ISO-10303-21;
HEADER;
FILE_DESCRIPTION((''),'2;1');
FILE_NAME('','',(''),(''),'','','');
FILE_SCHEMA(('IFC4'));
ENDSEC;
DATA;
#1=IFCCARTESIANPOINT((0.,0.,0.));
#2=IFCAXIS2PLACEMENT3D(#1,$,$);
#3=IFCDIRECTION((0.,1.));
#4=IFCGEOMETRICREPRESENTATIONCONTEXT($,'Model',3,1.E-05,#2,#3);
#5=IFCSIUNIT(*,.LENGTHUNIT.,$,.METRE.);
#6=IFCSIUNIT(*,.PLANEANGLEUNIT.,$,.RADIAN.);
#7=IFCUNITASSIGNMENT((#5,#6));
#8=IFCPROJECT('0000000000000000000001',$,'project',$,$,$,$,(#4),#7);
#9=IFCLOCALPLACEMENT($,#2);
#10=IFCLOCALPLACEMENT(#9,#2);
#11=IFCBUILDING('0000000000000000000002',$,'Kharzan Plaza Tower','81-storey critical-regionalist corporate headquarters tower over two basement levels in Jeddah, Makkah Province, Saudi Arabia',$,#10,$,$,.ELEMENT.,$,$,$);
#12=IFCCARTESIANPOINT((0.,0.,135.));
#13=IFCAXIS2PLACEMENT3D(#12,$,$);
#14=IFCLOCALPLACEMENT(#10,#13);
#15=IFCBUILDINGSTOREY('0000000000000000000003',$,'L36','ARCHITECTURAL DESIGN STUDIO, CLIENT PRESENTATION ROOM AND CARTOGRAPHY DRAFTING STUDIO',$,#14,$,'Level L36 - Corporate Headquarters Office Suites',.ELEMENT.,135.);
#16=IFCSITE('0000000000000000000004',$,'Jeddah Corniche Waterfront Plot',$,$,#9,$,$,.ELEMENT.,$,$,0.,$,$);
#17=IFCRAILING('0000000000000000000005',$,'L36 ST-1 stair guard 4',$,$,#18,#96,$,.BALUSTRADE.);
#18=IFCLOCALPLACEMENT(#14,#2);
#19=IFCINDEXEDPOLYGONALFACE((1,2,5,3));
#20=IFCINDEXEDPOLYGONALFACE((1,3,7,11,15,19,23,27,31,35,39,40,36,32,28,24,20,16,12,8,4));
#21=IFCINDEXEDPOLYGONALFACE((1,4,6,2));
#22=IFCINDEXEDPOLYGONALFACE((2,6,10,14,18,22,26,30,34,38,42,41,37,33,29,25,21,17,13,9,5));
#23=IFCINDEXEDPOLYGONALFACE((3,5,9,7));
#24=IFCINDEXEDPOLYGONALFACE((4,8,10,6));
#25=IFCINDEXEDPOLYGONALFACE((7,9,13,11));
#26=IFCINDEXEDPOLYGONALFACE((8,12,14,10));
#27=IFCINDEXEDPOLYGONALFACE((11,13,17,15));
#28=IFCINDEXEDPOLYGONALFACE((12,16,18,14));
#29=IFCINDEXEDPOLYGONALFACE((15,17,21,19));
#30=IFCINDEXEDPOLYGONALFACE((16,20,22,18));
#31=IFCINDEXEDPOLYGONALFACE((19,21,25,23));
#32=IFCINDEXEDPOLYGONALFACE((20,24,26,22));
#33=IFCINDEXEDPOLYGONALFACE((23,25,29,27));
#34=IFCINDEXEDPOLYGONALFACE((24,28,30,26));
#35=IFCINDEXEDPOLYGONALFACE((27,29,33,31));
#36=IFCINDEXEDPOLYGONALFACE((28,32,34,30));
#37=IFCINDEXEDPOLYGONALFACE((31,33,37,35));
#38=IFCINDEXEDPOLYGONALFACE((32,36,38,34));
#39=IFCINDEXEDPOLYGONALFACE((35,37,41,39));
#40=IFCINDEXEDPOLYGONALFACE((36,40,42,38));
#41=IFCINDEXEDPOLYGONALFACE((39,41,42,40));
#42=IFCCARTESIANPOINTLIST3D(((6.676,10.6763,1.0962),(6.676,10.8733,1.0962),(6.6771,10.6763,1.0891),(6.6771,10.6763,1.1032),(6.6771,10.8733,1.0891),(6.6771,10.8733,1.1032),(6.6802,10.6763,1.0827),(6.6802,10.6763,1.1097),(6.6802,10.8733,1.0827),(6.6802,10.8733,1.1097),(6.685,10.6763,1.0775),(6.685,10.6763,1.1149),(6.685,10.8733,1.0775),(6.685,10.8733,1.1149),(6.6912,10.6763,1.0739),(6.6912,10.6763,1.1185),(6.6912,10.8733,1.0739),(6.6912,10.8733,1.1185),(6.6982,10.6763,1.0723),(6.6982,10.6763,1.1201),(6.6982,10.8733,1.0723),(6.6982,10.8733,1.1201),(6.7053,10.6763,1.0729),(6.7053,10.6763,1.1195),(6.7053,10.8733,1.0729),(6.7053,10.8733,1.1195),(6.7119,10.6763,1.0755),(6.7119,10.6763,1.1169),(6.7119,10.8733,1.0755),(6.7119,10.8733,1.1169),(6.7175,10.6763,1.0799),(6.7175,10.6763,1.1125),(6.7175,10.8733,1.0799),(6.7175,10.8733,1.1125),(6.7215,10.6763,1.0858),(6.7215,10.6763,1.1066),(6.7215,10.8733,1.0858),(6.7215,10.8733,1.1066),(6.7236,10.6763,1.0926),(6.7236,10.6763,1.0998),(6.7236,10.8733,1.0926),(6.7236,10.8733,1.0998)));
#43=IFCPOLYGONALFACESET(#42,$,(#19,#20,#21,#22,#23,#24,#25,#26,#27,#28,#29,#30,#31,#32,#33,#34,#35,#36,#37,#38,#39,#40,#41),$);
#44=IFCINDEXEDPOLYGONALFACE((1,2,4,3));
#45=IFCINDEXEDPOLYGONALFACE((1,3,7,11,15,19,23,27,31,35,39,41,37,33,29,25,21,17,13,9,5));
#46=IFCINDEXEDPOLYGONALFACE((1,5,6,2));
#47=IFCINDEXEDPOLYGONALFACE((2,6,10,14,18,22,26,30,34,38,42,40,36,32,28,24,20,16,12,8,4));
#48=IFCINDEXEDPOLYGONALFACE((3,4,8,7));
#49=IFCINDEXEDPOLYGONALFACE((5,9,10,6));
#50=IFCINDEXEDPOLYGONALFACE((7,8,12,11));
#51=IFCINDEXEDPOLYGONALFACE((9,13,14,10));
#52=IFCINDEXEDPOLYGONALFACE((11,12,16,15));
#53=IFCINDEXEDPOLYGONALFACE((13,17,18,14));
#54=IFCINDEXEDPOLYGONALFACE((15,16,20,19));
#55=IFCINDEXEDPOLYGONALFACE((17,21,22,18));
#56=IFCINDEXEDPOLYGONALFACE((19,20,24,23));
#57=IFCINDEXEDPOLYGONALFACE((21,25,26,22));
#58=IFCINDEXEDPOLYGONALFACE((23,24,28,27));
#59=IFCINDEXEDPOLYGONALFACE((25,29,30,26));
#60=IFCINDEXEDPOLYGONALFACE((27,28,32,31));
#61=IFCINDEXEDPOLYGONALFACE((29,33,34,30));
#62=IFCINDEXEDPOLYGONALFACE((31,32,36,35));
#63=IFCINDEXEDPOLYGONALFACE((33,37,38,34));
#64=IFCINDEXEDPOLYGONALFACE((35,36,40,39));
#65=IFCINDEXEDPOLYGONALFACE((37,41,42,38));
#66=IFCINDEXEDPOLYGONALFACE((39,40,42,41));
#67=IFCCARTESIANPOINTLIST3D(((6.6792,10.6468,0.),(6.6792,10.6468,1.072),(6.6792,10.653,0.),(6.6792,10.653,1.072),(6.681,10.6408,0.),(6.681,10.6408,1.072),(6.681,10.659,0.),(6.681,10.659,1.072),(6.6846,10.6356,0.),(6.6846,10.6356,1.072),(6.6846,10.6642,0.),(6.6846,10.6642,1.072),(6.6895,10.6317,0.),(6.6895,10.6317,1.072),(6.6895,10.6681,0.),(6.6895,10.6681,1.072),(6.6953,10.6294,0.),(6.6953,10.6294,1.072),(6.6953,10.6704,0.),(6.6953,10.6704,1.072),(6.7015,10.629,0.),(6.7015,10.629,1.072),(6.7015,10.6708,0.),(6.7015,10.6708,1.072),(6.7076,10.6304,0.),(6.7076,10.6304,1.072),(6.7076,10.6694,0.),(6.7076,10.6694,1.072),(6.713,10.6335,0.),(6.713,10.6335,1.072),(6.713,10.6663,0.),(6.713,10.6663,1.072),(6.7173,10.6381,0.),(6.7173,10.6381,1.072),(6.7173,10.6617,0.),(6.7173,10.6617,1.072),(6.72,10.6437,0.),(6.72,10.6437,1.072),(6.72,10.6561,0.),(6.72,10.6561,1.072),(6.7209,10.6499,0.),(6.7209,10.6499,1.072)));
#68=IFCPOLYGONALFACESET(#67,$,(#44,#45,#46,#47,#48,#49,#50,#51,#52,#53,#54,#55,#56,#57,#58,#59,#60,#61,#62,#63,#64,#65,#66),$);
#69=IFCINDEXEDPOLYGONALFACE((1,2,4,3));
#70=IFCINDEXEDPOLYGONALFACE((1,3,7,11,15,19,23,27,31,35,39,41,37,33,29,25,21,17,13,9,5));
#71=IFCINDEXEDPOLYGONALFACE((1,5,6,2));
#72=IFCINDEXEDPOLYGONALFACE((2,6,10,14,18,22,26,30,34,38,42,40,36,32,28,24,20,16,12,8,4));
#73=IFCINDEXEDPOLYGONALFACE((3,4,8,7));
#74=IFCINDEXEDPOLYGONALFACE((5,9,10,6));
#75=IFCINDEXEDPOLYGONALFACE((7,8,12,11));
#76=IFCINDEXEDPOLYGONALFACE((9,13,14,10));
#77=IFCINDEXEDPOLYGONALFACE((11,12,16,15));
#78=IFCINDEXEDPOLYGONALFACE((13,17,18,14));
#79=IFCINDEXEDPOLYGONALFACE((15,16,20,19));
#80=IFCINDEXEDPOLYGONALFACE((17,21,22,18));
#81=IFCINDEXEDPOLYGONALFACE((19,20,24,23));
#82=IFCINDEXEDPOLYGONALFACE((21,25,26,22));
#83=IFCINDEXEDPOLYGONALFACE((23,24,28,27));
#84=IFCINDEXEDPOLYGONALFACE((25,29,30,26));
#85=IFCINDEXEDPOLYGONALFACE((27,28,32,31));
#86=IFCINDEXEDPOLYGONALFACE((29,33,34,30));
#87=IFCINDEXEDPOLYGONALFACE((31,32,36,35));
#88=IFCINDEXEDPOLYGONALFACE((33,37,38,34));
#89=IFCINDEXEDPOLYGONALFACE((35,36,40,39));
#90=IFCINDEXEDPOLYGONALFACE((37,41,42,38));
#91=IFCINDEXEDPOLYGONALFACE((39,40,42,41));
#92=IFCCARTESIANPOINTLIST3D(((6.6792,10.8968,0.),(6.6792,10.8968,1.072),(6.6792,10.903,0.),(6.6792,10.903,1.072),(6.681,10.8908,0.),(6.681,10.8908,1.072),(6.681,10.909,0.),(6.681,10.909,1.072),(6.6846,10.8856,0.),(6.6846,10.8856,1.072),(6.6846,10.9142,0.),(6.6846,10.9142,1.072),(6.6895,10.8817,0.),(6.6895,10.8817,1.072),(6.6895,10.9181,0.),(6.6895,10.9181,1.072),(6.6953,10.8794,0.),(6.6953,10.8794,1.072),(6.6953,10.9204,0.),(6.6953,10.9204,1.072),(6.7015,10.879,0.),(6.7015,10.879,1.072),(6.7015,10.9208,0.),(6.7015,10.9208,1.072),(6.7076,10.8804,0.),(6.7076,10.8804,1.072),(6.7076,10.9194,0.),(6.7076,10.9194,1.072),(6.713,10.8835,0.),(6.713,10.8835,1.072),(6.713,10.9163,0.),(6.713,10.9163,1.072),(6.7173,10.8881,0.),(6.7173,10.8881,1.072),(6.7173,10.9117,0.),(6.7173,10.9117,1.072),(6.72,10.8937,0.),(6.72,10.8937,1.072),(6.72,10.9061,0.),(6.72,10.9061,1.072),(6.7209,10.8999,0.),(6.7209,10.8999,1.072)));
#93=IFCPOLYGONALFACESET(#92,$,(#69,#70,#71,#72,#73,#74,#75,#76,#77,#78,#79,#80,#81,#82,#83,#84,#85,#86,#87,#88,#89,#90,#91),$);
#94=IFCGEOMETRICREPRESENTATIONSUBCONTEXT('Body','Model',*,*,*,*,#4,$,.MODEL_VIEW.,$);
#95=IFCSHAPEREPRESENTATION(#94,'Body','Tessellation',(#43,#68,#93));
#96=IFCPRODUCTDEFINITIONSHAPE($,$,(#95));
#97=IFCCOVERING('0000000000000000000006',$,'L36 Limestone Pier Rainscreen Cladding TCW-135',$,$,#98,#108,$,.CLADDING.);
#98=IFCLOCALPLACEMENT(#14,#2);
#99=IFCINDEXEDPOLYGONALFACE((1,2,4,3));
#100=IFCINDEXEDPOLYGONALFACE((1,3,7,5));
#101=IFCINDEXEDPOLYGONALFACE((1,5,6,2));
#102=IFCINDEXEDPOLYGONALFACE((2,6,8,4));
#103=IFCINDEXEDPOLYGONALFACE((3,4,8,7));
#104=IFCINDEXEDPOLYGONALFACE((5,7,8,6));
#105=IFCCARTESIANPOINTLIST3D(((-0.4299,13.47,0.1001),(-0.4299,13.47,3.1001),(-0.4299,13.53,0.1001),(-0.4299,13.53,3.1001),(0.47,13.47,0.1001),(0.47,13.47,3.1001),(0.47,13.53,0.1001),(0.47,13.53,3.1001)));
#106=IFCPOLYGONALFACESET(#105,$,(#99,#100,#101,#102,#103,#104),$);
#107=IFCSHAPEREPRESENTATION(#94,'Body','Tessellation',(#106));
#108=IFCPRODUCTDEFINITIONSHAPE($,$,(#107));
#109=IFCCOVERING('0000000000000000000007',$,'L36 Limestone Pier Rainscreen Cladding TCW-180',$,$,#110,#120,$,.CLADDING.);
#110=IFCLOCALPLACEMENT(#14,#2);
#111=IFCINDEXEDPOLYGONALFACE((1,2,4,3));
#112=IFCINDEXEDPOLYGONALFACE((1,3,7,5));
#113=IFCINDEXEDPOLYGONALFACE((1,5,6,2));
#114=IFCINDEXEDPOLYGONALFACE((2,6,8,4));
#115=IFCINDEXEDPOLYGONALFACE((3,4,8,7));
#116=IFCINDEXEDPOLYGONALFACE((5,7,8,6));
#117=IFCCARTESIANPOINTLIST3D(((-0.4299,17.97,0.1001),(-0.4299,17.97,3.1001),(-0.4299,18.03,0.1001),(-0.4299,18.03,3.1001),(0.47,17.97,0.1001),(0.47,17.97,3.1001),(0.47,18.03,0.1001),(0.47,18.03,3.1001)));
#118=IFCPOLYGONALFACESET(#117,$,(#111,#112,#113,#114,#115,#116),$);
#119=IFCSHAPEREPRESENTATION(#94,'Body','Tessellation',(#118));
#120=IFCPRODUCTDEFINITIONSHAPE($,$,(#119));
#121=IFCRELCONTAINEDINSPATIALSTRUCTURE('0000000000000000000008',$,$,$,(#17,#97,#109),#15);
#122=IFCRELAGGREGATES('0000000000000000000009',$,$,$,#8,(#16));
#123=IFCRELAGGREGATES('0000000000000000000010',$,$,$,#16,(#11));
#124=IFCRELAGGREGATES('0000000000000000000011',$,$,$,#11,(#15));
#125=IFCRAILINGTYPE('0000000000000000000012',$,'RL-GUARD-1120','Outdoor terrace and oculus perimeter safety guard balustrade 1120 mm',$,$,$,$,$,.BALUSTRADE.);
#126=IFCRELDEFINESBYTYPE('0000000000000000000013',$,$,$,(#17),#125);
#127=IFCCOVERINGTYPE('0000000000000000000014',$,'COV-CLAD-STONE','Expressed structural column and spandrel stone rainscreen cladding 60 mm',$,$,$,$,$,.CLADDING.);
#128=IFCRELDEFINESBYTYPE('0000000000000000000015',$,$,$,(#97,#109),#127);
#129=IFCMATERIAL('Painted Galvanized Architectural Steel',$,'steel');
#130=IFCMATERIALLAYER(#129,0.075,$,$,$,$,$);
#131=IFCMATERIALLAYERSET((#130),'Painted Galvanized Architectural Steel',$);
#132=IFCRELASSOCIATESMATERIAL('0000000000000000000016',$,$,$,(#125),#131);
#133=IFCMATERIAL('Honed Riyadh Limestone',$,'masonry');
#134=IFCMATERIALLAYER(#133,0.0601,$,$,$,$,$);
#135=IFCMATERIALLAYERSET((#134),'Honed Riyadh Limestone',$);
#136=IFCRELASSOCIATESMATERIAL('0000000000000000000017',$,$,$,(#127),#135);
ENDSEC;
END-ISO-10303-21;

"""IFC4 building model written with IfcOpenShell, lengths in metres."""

from ifc_helpers import new_model, si_unit, direction, frame, origin, origin_2d, place, context, subcontext, project, spatial, rectangle, circle, extrude, source, transform, mapped, material, layer, layer_set, type_object, element, save


model = new_model("IFC4")

# Units and contexts
model_context = context("Model", 3, precision=1e-05, world=origin(), true_north=direction((0.0, 1.0)))
body_context = subcontext(model_context, "Body", "Model", "MODEL_VIEW")
ifc_project = project(units=[si_unit("LENGTHUNIT", "METRE"), si_unit("PLANEANGLEUNIT", "RADIAN")], contexts=[model_context])

# Site, building, storey
site_placement = place(None, origin())
site = spatial("IfcSite", under=ifc_project, at=site_placement, Name="Jeddah Corniche Waterfront Plot", CompositionType="ELEMENT", RefElevation=0.0)
building_placement = place(site_placement, origin())
building = spatial("IfcBuilding", under=site, at=building_placement, Name="Kharzan Plaza Tower", Description="81-storey critical-regionalist corporate headquarters tower over two basement levels in Jeddah, Makkah Province, Saudi Arabia", CompositionType="ELEMENT")
storey_placement = place(building_placement, frame((0.0, 0.0, 135.0)))
storey = spatial("IfcBuildingStorey", under=building, at=storey_placement, Name="L36", Description="ARCHITECTURAL DESIGN STUDIO, CLIENT PRESENTATION ROOM AND CARTOGRAPHY DRAFTING STUDIO", LongName="Level L36 - Corporate Headquarters Office Suites", CompositionType="ELEMENT", Elevation=135.0)

# Railing
ifc_material_1 = material(Name="Painted Galvanized Architectural Steel", Category="steel")
ifc_layer_1 = layer(ifc_material_1, 0.075)
ifc_layer_set_1 = layer_set([ifc_layer_1], Name="Painted Galvanized Architectural Steel")
railing_type = type_object("IfcRailingType", Name="RL-GUARD-1120", Description="Outdoor terrace and oculus perimeter safety guard balustrade 1120 mm", PredefinedType="BALUSTRADE", material=ifc_layer_set_1)
shared_shape_1 = source(origin(), body_context, "Body", "SweptSolid", [
    extrude(circle(Radius=0.0239, at=origin_2d()), frame((0.0, 0.0264, 1.0962), z_axis=(0.0, 1.0, 0.0), x_axis=(-1.0, 0.0, 0.0)), (0.0, 0.0, 1.0), 0.197),
    extrude(circle(Radius=0.021, at=origin_2d()), origin(), (0.0, 0.0, 1.0), 1.072),
    extrude(circle(Radius=0.021, at=origin_2d()), frame((0.0, 0.25, 0.0)), (0.0, 0.0, 1.0), 1.072),
])
railing_placement = place(storey_placement, frame((6.7, 10.6499, 0.0)))
element("IfcRailing", 1, at=railing_placement, inside=storey, type_object=railing_type, Name="L36 ST-1 stair guard 4", PredefinedType="BALUSTRADE", context=body_context, shape_type="MappedRepresentation", body=[
    mapped(shared_shape_1, transform((0.0, 0.0, 0.0), x_axis=(1.0, 0.0, 0.0), y_axis=(0.0, 1.0, 0.0), z_axis=(0.0, 0.0, 1.0))),
])

# Coverings
ifc_material_2 = material(Name="Honed Riyadh Limestone", Category="masonry")
ifc_layer_2 = layer(ifc_material_2, 0.0601)
ifc_layer_set_2 = layer_set([ifc_layer_2], Name="Honed Riyadh Limestone")
covering_type = type_object("IfcCoveringType", Name="COV-CLAD-STONE", Description="Expressed structural column and spandrel stone rainscreen cladding 60 mm", PredefinedType="CLADDING", material=ifc_layer_set_2)
shared_shape_2 = source(origin(), body_context, "Body", "SweptSolid", [
    extrude(rectangle(XDim=0.0601, YDim=0.8999, at=origin_2d()), origin(), (0.0, 0.0, 1.0), 3.0),
])
for number, where, z_axis, x_axis, name in (
    (2, (0.02, 13.5, 0.1001), (0.0, 0.0, 1.0), (0.0, 1.0, 0.0), "L36 Limestone Pier Rainscreen Cladding TCW-135"),
    (3, (0.02, 18.0, 0.1001), (0.0, 0.0, 1.0), (0.0, 1.0, 0.0), "L36 Limestone Pier Rainscreen Cladding TCW-180"),
):
    element("IfcCovering", number, at=place(storey_placement, frame(where, z_axis=z_axis, x_axis=x_axis)), inside=storey, type_object=covering_type, Name=name, PredefinedType="CLADDING", context=body_context, shape_type="MappedRepresentation", body=[
        mapped(shared_shape_2, transform((0.0, 0.0, 0.0), x_axis=(1.0, 0.0, 0.0), y_axis=(0.0, 1.0, 0.0), z_axis=(0.0, 0.0, 1.0))),
    ])

save(model, "model.ifc")
